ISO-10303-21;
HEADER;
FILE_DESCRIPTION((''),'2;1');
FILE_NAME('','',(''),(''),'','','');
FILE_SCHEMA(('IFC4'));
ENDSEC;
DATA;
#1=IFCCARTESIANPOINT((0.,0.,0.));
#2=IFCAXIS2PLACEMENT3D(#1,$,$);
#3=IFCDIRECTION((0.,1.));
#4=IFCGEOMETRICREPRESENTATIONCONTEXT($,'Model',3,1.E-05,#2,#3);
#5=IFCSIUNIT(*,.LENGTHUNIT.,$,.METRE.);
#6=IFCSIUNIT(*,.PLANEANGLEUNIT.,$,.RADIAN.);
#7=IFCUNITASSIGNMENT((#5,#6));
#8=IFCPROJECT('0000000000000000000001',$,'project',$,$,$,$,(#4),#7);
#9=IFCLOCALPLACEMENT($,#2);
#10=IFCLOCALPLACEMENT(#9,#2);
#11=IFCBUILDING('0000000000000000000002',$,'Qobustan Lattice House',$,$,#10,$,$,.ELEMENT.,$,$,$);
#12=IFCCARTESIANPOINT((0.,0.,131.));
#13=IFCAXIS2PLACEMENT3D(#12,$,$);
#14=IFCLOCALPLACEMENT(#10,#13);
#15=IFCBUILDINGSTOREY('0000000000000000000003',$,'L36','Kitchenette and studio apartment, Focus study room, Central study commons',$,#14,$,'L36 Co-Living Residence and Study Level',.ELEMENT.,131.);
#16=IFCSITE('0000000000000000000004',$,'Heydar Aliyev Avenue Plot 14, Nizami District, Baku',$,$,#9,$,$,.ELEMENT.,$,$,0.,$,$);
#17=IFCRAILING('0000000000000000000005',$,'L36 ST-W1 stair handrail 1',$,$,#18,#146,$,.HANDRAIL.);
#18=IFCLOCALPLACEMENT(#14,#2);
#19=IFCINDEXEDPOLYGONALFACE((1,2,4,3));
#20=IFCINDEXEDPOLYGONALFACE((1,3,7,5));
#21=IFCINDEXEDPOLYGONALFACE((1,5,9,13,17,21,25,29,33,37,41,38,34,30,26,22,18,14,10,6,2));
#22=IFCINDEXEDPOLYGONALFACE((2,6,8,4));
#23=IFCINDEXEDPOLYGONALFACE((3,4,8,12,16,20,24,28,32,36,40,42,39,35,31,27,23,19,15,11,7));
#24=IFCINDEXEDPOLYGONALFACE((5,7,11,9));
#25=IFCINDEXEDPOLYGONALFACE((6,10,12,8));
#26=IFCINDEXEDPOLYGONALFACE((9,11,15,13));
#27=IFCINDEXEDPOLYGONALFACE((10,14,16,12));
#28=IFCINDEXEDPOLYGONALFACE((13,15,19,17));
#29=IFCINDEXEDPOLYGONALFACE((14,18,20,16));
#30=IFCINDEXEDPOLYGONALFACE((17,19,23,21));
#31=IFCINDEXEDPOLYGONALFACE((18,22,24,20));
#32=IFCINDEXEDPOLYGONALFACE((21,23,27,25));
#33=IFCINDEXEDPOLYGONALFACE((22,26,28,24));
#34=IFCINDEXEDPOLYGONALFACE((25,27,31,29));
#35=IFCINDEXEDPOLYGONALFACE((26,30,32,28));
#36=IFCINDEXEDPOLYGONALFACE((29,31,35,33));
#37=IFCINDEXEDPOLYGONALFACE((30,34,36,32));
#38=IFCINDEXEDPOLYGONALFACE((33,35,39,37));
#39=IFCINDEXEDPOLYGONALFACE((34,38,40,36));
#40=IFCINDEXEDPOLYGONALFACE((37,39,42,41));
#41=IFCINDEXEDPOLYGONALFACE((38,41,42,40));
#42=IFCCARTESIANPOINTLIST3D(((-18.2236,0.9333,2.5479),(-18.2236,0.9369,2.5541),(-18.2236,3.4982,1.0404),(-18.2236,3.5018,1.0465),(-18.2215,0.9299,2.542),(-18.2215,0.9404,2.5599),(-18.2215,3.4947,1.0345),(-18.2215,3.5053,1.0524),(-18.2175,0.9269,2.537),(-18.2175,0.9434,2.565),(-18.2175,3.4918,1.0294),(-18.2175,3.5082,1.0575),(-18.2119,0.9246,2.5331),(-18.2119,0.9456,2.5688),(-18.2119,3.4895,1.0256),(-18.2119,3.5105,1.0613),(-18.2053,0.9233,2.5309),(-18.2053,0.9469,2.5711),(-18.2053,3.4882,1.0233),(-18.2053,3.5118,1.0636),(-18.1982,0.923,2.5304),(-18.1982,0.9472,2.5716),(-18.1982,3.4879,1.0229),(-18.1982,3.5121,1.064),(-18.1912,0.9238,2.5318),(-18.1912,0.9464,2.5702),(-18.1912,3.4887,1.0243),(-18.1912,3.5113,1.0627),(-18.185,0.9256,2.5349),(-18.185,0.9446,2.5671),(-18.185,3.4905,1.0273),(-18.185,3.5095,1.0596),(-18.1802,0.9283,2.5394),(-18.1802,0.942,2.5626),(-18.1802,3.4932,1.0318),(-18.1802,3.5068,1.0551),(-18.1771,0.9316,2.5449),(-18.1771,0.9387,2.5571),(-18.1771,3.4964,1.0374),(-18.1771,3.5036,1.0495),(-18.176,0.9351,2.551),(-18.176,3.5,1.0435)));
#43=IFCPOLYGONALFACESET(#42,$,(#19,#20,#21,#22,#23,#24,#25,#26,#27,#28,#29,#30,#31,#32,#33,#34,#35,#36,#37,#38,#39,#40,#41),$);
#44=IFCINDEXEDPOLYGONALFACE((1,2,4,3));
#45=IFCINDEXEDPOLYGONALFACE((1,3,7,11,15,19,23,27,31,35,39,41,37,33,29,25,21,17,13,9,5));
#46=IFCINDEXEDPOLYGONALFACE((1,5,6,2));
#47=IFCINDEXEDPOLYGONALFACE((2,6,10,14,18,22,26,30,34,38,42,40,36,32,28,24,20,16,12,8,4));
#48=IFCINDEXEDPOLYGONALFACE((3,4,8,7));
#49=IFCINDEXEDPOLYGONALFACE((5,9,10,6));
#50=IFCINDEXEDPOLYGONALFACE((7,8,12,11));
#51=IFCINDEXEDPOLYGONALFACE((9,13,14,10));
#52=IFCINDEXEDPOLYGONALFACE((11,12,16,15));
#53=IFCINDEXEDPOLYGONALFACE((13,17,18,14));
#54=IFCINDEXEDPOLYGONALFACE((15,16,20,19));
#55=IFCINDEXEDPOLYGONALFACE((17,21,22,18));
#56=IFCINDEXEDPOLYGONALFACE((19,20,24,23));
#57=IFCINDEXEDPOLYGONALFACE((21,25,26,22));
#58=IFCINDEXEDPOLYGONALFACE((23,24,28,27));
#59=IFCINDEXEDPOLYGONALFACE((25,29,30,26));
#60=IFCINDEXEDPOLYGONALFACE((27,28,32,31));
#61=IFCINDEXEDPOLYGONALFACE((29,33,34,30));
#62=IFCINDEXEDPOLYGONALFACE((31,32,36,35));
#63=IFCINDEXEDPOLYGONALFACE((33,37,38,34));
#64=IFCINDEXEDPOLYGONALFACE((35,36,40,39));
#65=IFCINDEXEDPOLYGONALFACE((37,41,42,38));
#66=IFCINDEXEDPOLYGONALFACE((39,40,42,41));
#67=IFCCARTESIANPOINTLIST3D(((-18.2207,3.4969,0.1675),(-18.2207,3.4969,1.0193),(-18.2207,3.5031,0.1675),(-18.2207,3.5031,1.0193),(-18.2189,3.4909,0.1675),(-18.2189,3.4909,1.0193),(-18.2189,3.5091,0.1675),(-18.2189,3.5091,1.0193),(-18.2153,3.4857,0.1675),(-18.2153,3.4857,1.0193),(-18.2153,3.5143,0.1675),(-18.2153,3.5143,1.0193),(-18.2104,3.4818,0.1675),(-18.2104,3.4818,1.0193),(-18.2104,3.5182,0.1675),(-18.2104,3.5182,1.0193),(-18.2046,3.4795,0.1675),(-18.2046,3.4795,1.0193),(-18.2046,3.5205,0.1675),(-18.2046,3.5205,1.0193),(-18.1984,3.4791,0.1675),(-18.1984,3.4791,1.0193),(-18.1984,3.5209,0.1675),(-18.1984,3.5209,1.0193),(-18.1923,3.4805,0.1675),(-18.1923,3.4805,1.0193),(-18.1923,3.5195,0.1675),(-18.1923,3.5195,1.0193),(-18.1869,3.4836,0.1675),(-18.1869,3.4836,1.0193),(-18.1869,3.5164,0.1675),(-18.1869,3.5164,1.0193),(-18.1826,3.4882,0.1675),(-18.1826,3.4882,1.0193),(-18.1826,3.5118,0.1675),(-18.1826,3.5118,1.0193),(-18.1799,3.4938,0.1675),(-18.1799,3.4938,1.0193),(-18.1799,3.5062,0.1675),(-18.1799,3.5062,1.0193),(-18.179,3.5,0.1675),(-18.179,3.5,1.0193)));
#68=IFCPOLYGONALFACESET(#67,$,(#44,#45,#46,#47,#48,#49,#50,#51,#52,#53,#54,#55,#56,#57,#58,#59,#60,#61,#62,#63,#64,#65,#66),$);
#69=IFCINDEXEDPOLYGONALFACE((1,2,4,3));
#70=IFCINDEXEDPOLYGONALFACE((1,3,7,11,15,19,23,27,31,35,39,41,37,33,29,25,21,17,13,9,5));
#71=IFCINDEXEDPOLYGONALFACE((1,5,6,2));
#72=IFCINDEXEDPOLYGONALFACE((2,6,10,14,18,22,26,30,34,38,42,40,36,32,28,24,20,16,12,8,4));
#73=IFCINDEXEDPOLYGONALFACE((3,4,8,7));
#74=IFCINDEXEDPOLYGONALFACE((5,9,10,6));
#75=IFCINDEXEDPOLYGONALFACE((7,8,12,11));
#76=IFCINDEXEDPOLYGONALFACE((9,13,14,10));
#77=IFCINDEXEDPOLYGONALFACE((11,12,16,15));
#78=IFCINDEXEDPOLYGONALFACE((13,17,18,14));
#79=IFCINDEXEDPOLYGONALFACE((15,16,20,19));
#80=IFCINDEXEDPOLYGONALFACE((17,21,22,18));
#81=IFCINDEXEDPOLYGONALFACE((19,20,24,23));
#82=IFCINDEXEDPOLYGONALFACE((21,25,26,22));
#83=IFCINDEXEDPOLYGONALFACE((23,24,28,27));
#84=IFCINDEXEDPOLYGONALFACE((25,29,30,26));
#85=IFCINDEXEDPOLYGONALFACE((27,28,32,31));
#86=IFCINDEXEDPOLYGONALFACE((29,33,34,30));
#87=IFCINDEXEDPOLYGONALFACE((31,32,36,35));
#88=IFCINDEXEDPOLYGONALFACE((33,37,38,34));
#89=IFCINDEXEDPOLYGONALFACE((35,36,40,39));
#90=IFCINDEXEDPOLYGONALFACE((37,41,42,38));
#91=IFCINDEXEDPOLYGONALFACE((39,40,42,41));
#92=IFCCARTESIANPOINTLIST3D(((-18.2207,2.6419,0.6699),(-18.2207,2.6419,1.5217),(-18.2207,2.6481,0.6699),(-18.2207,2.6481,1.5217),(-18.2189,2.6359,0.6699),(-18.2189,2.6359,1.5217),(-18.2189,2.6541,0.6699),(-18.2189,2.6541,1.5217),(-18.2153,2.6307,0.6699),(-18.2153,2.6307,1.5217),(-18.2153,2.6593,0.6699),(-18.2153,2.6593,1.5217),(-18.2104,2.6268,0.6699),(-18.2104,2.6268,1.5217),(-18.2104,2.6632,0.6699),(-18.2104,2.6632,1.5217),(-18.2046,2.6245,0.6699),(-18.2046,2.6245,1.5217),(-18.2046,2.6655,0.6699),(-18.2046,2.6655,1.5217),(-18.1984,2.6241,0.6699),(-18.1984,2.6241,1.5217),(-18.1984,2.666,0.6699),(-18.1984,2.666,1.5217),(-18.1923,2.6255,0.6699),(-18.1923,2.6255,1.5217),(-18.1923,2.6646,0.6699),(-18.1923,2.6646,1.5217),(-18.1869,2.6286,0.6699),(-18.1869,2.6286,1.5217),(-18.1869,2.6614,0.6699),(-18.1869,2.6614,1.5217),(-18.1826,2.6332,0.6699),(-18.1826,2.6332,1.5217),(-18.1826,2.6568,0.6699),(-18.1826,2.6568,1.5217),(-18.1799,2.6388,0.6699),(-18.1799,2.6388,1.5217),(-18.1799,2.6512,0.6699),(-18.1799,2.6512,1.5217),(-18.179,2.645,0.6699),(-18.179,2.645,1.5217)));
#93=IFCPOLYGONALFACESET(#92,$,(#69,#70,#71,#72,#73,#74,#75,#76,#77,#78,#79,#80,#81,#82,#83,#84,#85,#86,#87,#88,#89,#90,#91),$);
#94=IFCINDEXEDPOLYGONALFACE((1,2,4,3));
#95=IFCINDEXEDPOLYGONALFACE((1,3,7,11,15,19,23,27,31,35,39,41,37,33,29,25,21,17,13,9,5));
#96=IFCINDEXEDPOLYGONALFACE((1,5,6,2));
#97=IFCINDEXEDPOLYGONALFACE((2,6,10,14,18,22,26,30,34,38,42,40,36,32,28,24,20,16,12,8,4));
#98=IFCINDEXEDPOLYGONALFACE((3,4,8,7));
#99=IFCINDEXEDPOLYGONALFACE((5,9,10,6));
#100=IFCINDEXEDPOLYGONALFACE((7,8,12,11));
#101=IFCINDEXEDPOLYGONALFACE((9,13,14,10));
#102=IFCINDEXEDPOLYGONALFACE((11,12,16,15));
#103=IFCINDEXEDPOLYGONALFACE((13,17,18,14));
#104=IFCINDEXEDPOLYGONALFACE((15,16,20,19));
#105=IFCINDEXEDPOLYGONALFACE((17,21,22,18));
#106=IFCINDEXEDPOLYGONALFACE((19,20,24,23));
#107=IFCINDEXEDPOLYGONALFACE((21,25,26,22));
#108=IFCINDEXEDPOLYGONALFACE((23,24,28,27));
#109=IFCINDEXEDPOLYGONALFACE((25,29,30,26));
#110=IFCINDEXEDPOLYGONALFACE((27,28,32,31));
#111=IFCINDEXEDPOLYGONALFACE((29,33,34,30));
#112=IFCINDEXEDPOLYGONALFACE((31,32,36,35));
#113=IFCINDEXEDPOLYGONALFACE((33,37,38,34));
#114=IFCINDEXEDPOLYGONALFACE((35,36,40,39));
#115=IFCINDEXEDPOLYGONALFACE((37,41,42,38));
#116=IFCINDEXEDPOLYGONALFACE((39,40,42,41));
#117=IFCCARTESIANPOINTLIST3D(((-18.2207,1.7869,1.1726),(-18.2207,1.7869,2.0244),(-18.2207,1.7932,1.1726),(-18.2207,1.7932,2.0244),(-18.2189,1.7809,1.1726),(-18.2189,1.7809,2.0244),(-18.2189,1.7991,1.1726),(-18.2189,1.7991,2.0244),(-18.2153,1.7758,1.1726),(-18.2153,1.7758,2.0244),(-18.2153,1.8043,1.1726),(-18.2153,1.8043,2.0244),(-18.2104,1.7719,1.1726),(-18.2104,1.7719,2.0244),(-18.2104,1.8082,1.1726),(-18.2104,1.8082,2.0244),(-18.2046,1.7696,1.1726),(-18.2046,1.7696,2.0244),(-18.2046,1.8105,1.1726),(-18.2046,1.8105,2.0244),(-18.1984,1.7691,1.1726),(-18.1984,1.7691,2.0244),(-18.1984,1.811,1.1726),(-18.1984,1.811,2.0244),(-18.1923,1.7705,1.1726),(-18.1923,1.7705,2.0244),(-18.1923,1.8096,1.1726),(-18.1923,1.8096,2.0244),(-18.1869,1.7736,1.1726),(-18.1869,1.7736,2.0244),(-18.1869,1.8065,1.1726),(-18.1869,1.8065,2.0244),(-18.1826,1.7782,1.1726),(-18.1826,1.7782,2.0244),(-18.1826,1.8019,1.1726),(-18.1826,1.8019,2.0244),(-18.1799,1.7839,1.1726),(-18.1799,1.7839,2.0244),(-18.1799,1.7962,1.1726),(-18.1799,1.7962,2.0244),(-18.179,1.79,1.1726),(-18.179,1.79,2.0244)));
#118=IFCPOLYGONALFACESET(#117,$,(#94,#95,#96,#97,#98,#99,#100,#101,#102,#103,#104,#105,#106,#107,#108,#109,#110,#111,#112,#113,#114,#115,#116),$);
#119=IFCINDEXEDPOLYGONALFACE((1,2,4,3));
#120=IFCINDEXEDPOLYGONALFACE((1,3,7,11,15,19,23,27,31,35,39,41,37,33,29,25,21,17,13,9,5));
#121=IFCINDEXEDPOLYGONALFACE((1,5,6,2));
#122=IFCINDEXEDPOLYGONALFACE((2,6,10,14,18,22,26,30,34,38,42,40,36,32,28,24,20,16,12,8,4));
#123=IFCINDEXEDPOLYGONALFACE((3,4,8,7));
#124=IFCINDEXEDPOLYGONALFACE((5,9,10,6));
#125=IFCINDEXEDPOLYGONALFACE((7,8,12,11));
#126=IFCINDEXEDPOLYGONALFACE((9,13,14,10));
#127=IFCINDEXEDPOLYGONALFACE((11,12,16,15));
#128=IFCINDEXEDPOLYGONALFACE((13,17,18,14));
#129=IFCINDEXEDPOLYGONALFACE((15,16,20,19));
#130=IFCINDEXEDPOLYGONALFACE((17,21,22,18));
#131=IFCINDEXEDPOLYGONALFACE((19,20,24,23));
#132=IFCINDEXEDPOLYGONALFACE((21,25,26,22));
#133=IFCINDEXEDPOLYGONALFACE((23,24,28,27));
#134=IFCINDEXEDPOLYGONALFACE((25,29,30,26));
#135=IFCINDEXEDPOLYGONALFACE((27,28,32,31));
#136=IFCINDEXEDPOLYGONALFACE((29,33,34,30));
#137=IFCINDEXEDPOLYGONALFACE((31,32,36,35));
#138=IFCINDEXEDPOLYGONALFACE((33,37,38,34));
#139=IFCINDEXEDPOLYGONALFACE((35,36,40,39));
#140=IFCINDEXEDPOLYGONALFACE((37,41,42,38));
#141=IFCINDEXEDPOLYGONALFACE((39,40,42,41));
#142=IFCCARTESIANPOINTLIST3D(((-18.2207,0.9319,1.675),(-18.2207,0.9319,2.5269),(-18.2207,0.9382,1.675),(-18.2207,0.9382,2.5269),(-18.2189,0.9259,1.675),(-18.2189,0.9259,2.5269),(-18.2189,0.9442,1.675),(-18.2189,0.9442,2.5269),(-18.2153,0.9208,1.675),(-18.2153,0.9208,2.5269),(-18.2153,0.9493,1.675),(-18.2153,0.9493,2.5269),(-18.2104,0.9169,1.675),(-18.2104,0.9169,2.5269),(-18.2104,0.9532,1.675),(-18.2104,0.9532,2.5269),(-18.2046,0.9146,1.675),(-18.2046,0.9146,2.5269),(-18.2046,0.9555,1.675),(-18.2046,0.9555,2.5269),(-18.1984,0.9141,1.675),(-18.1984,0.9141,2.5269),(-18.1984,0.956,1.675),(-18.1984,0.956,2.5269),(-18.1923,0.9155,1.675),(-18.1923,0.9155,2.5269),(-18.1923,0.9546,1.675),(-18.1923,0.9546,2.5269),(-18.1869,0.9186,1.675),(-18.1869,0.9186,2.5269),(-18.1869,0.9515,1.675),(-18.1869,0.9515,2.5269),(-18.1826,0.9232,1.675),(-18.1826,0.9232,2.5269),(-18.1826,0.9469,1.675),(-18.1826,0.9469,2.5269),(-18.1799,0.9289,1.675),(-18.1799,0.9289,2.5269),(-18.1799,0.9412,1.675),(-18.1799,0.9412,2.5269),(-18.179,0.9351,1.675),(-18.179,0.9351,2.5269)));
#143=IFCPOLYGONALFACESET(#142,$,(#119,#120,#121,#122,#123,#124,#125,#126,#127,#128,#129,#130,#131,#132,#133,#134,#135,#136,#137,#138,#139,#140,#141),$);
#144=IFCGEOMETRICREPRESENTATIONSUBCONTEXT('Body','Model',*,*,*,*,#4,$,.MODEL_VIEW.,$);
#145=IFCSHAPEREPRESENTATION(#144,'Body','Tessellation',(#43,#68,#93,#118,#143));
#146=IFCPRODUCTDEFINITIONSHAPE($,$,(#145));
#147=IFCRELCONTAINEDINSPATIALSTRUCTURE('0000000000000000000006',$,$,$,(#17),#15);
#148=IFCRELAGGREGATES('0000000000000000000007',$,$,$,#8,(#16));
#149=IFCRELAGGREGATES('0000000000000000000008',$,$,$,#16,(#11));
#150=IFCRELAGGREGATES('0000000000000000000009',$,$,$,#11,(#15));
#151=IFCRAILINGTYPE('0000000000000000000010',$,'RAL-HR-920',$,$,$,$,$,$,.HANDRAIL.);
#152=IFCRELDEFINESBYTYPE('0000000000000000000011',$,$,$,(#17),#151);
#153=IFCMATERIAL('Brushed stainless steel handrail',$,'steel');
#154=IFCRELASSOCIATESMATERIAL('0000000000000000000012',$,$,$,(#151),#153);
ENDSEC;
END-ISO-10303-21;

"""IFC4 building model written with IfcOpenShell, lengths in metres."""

from ifc_helpers import new_model, si_unit, direction, frame, origin, origin_2d, place, context, subcontext, project, spatial, circle, extrude, material, type_object, element, save


model = new_model("IFC4")

# Units and contexts
model_context = context("Model", 3, precision=1e-05, world=origin(), true_north=direction((0.0, 1.0)))
body_context = subcontext(model_context, "Body", "Model", "MODEL_VIEW")
ifc_project = project(units=[si_unit("LENGTHUNIT", "METRE"), si_unit("PLANEANGLEUNIT", "RADIAN")], contexts=[model_context])

# Site, building, storey
site_placement = place(None, origin())
site = spatial("IfcSite", under=ifc_project, at=site_placement, Name="Heydar Aliyev Avenue Plot 14, Nizami District, Baku", CompositionType="ELEMENT", RefElevation=0.0)
building_placement = place(site_placement, origin())
building = spatial("IfcBuilding", under=site, at=building_placement, Name="Qobustan Lattice House", CompositionType="ELEMENT")
storey_placement = place(building_placement, frame((0.0, 0.0, 131.0)))
storey = spatial("IfcBuildingStorey", under=building, at=storey_placement, Name="L36", Description="Kitchenette and studio apartment, Focus study room, Central study commons", LongName="L36 Co-Living Residence and Study Level", CompositionType="ELEMENT", Elevation=131.0)

# Railing
ifc_material_1 = material(Name="Brushed stainless steel handrail", Category="steel")
railing_type_1 = type_object("IfcRailingType", Name="RAL-HR-920", PredefinedType="HANDRAIL", material=ifc_material_1)
railing_1_placement = place(storey_placement, frame((-18.2, 3.5, 0.1675)))
element("IfcRailing", 1, at=railing_1_placement, inside=storey, type_object=railing_type_1, Name="L36 ST-W1 stair handrail 1", PredefinedType="HANDRAIL", context=body_context, shape_type="SweptSolid", body=[
    extrude(circle(Radius=0.0239, at=origin_2d()), frame((0.0, 0.0, 0.876), z_axis=(0.0, -0.862113, 0.506715), x_axis=(1.0, 0.0, 0.0)), (0.0, 0.0, 1.0), 2.9751),
    extrude(circle(Radius=0.021, at=origin_2d()), origin(), (0.0, 0.0, 1.0), 0.8518),
    extrude(circle(Radius=0.021, at=origin_2d()), frame((0.0, -0.855, 0.5024)), (0.0, 0.0, 1.0), 0.8518),
    extrude(circle(Radius=0.021, at=origin_2d()), frame((0.0, -1.71, 1.0051)), (0.0, 0.0, 1.0), 0.8518),
    extrude(circle(Radius=0.021, at=origin_2d()), frame((0.0, -2.5649, 1.5076)), (0.0, 0.0, 1.0), 0.8518),
])

save(model, "model.ifc")
